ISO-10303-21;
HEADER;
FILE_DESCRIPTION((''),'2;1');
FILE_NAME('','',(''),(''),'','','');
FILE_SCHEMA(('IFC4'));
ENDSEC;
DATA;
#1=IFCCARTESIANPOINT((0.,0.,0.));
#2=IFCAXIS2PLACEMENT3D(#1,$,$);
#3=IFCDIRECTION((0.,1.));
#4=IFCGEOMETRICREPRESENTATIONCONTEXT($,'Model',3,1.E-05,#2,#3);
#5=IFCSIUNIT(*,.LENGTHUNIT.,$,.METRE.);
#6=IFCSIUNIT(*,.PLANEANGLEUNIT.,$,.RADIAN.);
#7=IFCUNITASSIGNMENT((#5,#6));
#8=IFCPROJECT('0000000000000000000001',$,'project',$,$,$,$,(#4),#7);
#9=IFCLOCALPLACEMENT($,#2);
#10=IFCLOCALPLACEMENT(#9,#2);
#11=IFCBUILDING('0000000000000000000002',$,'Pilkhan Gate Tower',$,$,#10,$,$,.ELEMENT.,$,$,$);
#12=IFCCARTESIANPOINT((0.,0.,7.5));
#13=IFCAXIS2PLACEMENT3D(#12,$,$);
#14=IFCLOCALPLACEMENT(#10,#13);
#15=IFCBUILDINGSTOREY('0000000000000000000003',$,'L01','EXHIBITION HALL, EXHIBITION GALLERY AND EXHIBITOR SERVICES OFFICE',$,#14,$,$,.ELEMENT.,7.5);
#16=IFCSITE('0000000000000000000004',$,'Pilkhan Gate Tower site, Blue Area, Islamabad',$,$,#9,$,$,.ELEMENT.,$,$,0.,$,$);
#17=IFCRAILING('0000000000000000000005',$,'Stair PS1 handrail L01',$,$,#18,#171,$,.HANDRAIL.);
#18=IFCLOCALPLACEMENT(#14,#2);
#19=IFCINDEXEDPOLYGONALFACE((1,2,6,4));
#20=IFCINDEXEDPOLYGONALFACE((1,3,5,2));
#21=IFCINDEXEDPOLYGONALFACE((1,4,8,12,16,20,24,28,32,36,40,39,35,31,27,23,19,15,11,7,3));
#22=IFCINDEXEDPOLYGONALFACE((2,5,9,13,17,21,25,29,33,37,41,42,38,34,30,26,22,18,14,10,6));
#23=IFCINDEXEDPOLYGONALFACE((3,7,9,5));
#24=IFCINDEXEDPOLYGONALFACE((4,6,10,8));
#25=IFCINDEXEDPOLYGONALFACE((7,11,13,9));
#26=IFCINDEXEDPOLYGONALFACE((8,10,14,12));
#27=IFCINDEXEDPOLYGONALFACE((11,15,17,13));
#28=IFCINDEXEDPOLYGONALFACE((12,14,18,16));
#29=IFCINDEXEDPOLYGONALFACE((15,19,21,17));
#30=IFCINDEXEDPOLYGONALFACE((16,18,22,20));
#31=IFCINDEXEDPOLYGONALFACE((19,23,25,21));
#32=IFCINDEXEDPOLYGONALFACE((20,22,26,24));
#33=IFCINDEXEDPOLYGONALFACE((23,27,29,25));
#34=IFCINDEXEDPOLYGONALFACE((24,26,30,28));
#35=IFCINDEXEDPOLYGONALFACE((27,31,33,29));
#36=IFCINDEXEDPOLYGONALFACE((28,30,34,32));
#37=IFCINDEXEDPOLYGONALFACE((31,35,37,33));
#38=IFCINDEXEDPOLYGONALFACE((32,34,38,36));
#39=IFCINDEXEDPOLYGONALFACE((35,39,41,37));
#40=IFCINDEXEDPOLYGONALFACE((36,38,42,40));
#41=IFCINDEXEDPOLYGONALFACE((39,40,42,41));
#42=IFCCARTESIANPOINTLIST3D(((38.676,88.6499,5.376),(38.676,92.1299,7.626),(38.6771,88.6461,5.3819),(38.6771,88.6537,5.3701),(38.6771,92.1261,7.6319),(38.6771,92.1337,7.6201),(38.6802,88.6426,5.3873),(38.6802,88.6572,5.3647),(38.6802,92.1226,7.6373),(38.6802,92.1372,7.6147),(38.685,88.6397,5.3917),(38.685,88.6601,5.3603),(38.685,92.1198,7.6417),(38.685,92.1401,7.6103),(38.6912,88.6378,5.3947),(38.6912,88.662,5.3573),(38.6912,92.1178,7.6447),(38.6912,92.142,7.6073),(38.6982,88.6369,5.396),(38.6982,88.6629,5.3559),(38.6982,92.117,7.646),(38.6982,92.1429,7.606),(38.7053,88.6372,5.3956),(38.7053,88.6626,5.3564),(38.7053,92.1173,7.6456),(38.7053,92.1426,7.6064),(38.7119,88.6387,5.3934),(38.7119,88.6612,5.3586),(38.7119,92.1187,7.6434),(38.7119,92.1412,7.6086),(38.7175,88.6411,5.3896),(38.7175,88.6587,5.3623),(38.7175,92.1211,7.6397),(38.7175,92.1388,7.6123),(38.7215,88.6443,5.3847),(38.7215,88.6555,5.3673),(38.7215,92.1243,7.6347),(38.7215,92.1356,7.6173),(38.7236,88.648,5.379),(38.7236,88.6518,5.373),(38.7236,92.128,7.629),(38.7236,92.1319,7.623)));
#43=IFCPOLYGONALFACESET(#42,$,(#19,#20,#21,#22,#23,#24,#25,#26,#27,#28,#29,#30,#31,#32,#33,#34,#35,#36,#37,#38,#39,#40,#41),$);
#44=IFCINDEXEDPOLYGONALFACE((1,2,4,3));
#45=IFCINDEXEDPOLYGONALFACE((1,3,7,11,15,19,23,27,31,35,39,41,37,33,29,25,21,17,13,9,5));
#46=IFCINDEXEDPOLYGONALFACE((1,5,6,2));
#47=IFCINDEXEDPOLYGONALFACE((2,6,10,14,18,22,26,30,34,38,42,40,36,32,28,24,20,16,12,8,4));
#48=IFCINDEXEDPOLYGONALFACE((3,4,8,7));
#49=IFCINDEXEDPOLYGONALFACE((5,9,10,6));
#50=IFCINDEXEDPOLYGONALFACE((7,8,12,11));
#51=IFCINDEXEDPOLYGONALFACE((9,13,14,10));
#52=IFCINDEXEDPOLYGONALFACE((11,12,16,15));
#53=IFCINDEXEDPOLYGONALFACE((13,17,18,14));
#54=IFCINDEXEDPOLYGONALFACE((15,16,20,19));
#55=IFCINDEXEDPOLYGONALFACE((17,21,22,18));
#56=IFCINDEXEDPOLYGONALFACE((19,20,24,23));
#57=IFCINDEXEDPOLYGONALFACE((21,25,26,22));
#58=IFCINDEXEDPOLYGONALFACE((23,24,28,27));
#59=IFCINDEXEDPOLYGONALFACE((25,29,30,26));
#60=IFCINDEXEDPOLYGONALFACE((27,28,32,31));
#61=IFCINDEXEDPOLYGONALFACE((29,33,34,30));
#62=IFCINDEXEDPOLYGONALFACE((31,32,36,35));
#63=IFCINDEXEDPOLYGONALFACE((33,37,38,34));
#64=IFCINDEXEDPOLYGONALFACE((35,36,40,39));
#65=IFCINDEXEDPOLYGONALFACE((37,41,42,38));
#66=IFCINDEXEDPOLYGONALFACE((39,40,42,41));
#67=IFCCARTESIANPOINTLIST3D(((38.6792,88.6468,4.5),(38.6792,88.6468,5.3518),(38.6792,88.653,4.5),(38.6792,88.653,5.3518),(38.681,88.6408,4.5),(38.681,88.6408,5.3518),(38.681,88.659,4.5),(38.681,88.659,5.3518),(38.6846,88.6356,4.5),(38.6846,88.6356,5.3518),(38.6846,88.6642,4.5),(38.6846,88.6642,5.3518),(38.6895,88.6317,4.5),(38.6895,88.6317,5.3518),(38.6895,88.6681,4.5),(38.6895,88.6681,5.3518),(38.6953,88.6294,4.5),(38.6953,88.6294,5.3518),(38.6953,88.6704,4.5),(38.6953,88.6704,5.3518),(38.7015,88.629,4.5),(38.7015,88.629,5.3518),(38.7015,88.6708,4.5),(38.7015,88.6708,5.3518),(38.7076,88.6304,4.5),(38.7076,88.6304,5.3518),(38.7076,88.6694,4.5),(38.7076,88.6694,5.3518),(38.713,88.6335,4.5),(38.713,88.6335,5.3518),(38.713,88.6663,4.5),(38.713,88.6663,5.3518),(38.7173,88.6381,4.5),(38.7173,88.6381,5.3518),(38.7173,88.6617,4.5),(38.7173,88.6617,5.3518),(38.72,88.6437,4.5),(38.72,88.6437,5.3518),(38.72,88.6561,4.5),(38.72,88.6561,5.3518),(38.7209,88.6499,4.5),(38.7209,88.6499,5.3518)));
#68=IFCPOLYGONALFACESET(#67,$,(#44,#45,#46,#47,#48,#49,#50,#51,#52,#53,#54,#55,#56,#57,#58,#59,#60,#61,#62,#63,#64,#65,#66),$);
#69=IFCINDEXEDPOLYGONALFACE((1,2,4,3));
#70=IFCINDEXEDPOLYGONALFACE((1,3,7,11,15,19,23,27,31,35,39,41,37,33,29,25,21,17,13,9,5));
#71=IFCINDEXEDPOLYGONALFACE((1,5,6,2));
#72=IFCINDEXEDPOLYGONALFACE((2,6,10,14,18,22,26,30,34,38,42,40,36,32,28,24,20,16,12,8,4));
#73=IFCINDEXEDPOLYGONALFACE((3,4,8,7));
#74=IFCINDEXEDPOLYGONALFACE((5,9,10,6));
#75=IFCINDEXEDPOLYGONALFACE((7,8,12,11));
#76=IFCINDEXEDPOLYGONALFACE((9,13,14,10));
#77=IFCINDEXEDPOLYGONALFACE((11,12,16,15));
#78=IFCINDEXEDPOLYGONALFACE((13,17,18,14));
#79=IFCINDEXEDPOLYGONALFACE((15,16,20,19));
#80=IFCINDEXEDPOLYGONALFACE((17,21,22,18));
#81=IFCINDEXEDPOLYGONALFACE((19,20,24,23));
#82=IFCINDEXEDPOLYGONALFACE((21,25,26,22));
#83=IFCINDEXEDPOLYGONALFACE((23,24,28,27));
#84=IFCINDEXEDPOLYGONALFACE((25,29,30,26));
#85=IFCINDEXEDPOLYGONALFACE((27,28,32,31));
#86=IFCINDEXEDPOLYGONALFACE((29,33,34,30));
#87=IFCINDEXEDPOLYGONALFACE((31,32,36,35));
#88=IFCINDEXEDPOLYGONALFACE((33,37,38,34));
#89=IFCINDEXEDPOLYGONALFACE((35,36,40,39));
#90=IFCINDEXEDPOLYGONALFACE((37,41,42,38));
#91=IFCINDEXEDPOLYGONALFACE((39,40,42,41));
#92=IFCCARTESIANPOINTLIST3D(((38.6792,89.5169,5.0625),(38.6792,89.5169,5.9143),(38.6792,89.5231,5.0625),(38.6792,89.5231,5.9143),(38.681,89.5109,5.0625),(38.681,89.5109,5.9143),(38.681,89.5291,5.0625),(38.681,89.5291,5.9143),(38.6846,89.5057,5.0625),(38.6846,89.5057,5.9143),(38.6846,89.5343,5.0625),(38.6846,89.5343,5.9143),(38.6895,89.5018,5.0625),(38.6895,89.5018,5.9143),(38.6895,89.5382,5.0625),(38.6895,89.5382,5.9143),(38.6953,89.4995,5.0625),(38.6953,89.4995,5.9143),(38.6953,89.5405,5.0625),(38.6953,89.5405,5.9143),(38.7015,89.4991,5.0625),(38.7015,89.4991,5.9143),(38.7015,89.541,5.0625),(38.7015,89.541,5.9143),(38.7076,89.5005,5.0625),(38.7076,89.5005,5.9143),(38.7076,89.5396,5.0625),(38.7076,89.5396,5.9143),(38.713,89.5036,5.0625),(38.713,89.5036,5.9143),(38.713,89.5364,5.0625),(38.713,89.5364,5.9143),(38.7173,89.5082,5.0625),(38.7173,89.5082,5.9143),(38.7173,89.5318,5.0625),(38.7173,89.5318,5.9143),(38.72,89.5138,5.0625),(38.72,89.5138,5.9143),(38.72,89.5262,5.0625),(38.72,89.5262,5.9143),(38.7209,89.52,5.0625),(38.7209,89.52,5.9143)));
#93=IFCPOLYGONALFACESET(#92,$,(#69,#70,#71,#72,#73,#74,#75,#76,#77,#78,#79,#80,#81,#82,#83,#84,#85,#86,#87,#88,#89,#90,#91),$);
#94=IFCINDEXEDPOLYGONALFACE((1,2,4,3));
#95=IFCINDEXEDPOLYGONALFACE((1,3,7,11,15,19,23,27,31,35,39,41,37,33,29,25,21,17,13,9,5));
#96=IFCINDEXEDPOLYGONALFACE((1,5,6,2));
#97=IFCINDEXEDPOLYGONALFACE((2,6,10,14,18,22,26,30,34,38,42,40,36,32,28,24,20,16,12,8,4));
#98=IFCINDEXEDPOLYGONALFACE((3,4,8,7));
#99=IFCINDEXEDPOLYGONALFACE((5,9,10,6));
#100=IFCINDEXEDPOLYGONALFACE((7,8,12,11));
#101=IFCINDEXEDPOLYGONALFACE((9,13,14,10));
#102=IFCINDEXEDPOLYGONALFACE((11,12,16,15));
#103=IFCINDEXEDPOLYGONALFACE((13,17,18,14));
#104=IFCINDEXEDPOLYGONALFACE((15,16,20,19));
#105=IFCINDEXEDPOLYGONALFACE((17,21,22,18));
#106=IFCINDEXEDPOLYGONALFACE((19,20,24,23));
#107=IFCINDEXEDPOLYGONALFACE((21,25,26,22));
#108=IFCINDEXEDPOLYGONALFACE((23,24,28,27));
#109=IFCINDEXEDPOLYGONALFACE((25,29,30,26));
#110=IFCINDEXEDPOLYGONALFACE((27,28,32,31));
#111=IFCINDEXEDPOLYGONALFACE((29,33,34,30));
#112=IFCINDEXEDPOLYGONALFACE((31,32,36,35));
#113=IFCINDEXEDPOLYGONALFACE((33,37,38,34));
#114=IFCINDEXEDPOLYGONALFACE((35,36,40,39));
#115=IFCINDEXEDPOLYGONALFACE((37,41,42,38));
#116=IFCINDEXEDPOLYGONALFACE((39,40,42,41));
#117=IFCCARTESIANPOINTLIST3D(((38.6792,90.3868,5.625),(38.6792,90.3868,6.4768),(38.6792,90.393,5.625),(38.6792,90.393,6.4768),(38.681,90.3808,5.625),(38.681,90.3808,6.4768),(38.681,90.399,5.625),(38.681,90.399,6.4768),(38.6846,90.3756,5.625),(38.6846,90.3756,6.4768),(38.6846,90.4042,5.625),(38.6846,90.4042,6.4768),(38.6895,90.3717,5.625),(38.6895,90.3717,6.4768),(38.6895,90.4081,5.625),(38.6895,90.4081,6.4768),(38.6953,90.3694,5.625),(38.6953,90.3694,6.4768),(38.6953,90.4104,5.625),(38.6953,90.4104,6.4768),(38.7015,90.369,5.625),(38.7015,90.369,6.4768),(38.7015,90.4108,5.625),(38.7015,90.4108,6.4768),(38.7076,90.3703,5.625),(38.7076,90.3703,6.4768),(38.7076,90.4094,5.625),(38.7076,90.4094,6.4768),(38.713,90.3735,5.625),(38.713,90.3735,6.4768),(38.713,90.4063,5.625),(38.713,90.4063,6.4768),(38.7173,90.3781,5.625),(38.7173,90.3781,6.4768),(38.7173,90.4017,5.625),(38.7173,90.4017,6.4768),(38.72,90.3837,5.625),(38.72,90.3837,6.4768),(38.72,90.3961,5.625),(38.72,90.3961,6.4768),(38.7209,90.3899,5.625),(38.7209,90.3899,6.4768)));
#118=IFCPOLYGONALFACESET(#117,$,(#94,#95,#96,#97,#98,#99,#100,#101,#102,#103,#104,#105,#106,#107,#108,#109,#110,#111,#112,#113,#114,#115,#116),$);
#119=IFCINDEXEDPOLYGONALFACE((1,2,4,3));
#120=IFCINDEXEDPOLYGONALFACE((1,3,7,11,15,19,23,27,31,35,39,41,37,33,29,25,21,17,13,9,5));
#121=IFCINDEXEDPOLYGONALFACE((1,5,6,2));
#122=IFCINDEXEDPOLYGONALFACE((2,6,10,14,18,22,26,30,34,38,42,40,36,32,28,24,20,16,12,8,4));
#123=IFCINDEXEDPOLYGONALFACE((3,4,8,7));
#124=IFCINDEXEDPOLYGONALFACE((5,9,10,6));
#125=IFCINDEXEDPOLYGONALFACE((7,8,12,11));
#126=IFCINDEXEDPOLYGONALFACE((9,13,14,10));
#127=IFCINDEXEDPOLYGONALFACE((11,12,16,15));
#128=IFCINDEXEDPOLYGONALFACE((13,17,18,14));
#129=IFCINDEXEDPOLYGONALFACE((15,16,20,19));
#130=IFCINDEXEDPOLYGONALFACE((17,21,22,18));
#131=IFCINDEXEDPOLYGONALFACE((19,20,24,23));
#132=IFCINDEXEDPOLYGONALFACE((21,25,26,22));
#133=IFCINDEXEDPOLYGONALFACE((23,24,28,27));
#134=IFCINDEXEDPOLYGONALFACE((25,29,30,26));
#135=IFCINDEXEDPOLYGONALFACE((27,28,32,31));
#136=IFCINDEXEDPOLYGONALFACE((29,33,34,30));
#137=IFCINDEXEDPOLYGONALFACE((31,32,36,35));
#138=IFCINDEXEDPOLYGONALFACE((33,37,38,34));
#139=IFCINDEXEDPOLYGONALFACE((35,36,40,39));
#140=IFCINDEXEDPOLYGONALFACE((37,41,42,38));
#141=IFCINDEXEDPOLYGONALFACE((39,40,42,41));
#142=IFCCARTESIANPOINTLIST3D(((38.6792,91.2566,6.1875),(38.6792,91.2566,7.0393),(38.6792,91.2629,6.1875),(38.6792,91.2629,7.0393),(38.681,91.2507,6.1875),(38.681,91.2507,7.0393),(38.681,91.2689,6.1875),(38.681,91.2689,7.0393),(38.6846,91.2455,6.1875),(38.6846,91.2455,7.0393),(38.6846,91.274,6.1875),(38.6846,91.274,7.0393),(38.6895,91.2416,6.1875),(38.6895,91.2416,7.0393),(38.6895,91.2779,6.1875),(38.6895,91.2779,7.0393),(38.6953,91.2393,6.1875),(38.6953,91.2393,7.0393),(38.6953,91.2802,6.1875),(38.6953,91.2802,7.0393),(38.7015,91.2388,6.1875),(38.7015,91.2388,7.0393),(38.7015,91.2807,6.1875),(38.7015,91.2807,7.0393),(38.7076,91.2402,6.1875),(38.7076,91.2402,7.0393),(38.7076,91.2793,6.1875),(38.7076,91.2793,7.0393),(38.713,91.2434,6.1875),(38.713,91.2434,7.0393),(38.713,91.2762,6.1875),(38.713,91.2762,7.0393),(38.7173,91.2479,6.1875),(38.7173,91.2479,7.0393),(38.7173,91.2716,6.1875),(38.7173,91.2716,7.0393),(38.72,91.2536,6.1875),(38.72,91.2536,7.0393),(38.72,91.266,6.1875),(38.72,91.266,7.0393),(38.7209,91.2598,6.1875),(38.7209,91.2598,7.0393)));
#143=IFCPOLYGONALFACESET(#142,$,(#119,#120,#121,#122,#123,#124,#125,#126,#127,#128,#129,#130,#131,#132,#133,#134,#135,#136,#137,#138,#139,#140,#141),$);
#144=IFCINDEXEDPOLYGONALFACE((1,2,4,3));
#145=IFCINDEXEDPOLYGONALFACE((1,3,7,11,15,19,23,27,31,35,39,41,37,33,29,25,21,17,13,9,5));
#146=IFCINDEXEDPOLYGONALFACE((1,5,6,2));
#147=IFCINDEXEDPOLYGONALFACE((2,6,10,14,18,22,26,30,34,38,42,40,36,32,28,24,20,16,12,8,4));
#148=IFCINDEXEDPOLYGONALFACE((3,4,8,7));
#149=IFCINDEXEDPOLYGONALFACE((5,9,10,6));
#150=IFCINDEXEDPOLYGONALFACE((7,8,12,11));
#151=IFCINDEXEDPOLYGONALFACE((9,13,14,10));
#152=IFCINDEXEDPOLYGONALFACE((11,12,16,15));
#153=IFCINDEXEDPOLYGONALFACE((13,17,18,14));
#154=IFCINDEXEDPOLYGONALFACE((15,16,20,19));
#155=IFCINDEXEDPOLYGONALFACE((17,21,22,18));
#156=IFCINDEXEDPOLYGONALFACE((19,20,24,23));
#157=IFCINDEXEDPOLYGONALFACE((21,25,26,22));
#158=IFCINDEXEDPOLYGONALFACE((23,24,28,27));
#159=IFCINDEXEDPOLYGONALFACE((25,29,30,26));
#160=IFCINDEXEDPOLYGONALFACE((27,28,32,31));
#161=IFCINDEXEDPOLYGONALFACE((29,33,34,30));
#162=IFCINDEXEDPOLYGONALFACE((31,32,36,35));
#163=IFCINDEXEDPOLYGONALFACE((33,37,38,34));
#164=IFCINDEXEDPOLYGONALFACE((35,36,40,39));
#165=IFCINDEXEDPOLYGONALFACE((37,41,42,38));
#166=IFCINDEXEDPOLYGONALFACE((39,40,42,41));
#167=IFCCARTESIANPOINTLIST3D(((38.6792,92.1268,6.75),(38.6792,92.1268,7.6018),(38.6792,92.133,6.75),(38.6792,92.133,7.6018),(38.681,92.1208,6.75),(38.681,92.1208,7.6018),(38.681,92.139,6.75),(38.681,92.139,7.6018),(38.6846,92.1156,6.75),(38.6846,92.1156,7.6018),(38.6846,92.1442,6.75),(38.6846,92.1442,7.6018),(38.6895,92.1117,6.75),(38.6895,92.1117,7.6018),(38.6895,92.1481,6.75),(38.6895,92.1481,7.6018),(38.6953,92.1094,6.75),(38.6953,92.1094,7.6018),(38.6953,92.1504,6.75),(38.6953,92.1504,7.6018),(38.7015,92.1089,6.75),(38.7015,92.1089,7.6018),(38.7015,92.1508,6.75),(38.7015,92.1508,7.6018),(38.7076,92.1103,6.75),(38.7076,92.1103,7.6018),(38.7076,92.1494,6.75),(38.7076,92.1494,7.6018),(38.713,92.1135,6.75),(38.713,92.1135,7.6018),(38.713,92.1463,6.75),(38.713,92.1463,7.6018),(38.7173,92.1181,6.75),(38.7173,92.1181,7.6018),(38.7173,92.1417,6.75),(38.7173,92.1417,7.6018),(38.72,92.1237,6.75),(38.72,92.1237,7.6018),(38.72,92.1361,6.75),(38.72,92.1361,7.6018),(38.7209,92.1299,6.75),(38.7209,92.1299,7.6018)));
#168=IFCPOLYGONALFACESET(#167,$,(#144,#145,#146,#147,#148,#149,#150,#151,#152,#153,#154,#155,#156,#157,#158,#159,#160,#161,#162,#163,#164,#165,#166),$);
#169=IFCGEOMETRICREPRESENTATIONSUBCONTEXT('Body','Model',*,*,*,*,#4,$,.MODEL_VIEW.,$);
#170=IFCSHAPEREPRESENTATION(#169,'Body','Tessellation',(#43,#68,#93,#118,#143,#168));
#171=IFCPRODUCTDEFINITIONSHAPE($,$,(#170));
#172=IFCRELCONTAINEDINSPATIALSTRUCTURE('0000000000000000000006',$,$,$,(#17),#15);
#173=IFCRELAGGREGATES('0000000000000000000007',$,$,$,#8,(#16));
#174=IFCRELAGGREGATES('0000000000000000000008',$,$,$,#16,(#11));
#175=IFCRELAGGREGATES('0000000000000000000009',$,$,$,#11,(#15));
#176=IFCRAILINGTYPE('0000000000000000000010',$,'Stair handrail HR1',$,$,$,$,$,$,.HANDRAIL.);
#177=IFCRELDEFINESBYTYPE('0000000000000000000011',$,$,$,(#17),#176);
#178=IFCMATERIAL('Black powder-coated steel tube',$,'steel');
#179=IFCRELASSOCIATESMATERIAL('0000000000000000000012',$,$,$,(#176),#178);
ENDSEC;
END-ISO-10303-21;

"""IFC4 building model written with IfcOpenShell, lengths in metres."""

from ifc_helpers import new_model, si_unit, direction, frame, origin, origin_2d, place, context, subcontext, project, spatial, circle, extrude, material, type_object, element, save


model = new_model("IFC4")

# Units and contexts
model_context = context("Model", 3, precision=1e-05, world=origin(), true_north=direction((0.0, 1.0)))
body_context = subcontext(model_context, "Body", "Model", "MODEL_VIEW")
ifc_project = project(units=[si_unit("LENGTHUNIT", "METRE"), si_unit("PLANEANGLEUNIT", "RADIAN")], contexts=[model_context])

# Site, building, storey
site_placement = place(None, origin())
site = spatial("IfcSite", under=ifc_project, at=site_placement, Name="Pilkhan Gate Tower site, Blue Area, Islamabad", CompositionType="ELEMENT", RefElevation=0.0)
building_placement = place(site_placement, origin())
building = spatial("IfcBuilding", under=site, at=building_placement, Name="Pilkhan Gate Tower", CompositionType="ELEMENT")
storey_placement = place(building_placement, frame((0.0, 0.0, 7.5)))
storey = spatial("IfcBuildingStorey", under=building, at=storey_placement, Name="L01", Description="EXHIBITION HALL, EXHIBITION GALLERY AND EXHIBITOR SERVICES OFFICE", CompositionType="ELEMENT", Elevation=7.5)

# Railing
ifc_material_1 = material(Name="Black powder-coated steel tube", Category="steel")
railing_type = type_object("IfcRailingType", Name="Stair handrail HR1", PredefinedType="HANDRAIL", material=ifc_material_1)
for number, where, name in (
    (1, (38.7, 88.6499, 4.5), "Stair PS1 handrail L01"),
):
    element("IfcRailing", number, at=place(storey_placement, frame(where)), inside=storey, type_object=railing_type, Name=name, PredefinedType="HANDRAIL", context=body_context, shape_type="SweptSolid", body=[
        extrude(circle(Radius=0.0239, at=origin_2d()), frame((0.0, 0.0, 0.876), z_axis=(0.0, 0.839763, 0.542953), x_axis=(-1.0, 0.0, 0.0)), (0.0, 0.0, 1.0), 4.144),
        extrude(circle(Radius=0.021, at=origin_2d()), origin(), (0.0, 0.0, 1.0), 0.8518),
        extrude(circle(Radius=0.021, at=origin_2d()), frame((0.0, 0.8701, 0.5625)), (0.0, 0.0, 1.0), 0.8518),
        extrude(circle(Radius=0.021, at=origin_2d()), frame((0.0, 1.74, 1.125)), (0.0, 0.0, 1.0), 0.8518),
        extrude(circle(Radius=0.021, at=origin_2d()), frame((0.0, 2.6099, 1.6875)), (0.0, 0.0, 1.0), 0.8518),
        extrude(circle(Radius=0.021, at=origin_2d()), frame((0.0, 3.48, 2.25)), (0.0, 0.0, 1.0), 0.8518),
    ])

save(model, "model.ifc")
